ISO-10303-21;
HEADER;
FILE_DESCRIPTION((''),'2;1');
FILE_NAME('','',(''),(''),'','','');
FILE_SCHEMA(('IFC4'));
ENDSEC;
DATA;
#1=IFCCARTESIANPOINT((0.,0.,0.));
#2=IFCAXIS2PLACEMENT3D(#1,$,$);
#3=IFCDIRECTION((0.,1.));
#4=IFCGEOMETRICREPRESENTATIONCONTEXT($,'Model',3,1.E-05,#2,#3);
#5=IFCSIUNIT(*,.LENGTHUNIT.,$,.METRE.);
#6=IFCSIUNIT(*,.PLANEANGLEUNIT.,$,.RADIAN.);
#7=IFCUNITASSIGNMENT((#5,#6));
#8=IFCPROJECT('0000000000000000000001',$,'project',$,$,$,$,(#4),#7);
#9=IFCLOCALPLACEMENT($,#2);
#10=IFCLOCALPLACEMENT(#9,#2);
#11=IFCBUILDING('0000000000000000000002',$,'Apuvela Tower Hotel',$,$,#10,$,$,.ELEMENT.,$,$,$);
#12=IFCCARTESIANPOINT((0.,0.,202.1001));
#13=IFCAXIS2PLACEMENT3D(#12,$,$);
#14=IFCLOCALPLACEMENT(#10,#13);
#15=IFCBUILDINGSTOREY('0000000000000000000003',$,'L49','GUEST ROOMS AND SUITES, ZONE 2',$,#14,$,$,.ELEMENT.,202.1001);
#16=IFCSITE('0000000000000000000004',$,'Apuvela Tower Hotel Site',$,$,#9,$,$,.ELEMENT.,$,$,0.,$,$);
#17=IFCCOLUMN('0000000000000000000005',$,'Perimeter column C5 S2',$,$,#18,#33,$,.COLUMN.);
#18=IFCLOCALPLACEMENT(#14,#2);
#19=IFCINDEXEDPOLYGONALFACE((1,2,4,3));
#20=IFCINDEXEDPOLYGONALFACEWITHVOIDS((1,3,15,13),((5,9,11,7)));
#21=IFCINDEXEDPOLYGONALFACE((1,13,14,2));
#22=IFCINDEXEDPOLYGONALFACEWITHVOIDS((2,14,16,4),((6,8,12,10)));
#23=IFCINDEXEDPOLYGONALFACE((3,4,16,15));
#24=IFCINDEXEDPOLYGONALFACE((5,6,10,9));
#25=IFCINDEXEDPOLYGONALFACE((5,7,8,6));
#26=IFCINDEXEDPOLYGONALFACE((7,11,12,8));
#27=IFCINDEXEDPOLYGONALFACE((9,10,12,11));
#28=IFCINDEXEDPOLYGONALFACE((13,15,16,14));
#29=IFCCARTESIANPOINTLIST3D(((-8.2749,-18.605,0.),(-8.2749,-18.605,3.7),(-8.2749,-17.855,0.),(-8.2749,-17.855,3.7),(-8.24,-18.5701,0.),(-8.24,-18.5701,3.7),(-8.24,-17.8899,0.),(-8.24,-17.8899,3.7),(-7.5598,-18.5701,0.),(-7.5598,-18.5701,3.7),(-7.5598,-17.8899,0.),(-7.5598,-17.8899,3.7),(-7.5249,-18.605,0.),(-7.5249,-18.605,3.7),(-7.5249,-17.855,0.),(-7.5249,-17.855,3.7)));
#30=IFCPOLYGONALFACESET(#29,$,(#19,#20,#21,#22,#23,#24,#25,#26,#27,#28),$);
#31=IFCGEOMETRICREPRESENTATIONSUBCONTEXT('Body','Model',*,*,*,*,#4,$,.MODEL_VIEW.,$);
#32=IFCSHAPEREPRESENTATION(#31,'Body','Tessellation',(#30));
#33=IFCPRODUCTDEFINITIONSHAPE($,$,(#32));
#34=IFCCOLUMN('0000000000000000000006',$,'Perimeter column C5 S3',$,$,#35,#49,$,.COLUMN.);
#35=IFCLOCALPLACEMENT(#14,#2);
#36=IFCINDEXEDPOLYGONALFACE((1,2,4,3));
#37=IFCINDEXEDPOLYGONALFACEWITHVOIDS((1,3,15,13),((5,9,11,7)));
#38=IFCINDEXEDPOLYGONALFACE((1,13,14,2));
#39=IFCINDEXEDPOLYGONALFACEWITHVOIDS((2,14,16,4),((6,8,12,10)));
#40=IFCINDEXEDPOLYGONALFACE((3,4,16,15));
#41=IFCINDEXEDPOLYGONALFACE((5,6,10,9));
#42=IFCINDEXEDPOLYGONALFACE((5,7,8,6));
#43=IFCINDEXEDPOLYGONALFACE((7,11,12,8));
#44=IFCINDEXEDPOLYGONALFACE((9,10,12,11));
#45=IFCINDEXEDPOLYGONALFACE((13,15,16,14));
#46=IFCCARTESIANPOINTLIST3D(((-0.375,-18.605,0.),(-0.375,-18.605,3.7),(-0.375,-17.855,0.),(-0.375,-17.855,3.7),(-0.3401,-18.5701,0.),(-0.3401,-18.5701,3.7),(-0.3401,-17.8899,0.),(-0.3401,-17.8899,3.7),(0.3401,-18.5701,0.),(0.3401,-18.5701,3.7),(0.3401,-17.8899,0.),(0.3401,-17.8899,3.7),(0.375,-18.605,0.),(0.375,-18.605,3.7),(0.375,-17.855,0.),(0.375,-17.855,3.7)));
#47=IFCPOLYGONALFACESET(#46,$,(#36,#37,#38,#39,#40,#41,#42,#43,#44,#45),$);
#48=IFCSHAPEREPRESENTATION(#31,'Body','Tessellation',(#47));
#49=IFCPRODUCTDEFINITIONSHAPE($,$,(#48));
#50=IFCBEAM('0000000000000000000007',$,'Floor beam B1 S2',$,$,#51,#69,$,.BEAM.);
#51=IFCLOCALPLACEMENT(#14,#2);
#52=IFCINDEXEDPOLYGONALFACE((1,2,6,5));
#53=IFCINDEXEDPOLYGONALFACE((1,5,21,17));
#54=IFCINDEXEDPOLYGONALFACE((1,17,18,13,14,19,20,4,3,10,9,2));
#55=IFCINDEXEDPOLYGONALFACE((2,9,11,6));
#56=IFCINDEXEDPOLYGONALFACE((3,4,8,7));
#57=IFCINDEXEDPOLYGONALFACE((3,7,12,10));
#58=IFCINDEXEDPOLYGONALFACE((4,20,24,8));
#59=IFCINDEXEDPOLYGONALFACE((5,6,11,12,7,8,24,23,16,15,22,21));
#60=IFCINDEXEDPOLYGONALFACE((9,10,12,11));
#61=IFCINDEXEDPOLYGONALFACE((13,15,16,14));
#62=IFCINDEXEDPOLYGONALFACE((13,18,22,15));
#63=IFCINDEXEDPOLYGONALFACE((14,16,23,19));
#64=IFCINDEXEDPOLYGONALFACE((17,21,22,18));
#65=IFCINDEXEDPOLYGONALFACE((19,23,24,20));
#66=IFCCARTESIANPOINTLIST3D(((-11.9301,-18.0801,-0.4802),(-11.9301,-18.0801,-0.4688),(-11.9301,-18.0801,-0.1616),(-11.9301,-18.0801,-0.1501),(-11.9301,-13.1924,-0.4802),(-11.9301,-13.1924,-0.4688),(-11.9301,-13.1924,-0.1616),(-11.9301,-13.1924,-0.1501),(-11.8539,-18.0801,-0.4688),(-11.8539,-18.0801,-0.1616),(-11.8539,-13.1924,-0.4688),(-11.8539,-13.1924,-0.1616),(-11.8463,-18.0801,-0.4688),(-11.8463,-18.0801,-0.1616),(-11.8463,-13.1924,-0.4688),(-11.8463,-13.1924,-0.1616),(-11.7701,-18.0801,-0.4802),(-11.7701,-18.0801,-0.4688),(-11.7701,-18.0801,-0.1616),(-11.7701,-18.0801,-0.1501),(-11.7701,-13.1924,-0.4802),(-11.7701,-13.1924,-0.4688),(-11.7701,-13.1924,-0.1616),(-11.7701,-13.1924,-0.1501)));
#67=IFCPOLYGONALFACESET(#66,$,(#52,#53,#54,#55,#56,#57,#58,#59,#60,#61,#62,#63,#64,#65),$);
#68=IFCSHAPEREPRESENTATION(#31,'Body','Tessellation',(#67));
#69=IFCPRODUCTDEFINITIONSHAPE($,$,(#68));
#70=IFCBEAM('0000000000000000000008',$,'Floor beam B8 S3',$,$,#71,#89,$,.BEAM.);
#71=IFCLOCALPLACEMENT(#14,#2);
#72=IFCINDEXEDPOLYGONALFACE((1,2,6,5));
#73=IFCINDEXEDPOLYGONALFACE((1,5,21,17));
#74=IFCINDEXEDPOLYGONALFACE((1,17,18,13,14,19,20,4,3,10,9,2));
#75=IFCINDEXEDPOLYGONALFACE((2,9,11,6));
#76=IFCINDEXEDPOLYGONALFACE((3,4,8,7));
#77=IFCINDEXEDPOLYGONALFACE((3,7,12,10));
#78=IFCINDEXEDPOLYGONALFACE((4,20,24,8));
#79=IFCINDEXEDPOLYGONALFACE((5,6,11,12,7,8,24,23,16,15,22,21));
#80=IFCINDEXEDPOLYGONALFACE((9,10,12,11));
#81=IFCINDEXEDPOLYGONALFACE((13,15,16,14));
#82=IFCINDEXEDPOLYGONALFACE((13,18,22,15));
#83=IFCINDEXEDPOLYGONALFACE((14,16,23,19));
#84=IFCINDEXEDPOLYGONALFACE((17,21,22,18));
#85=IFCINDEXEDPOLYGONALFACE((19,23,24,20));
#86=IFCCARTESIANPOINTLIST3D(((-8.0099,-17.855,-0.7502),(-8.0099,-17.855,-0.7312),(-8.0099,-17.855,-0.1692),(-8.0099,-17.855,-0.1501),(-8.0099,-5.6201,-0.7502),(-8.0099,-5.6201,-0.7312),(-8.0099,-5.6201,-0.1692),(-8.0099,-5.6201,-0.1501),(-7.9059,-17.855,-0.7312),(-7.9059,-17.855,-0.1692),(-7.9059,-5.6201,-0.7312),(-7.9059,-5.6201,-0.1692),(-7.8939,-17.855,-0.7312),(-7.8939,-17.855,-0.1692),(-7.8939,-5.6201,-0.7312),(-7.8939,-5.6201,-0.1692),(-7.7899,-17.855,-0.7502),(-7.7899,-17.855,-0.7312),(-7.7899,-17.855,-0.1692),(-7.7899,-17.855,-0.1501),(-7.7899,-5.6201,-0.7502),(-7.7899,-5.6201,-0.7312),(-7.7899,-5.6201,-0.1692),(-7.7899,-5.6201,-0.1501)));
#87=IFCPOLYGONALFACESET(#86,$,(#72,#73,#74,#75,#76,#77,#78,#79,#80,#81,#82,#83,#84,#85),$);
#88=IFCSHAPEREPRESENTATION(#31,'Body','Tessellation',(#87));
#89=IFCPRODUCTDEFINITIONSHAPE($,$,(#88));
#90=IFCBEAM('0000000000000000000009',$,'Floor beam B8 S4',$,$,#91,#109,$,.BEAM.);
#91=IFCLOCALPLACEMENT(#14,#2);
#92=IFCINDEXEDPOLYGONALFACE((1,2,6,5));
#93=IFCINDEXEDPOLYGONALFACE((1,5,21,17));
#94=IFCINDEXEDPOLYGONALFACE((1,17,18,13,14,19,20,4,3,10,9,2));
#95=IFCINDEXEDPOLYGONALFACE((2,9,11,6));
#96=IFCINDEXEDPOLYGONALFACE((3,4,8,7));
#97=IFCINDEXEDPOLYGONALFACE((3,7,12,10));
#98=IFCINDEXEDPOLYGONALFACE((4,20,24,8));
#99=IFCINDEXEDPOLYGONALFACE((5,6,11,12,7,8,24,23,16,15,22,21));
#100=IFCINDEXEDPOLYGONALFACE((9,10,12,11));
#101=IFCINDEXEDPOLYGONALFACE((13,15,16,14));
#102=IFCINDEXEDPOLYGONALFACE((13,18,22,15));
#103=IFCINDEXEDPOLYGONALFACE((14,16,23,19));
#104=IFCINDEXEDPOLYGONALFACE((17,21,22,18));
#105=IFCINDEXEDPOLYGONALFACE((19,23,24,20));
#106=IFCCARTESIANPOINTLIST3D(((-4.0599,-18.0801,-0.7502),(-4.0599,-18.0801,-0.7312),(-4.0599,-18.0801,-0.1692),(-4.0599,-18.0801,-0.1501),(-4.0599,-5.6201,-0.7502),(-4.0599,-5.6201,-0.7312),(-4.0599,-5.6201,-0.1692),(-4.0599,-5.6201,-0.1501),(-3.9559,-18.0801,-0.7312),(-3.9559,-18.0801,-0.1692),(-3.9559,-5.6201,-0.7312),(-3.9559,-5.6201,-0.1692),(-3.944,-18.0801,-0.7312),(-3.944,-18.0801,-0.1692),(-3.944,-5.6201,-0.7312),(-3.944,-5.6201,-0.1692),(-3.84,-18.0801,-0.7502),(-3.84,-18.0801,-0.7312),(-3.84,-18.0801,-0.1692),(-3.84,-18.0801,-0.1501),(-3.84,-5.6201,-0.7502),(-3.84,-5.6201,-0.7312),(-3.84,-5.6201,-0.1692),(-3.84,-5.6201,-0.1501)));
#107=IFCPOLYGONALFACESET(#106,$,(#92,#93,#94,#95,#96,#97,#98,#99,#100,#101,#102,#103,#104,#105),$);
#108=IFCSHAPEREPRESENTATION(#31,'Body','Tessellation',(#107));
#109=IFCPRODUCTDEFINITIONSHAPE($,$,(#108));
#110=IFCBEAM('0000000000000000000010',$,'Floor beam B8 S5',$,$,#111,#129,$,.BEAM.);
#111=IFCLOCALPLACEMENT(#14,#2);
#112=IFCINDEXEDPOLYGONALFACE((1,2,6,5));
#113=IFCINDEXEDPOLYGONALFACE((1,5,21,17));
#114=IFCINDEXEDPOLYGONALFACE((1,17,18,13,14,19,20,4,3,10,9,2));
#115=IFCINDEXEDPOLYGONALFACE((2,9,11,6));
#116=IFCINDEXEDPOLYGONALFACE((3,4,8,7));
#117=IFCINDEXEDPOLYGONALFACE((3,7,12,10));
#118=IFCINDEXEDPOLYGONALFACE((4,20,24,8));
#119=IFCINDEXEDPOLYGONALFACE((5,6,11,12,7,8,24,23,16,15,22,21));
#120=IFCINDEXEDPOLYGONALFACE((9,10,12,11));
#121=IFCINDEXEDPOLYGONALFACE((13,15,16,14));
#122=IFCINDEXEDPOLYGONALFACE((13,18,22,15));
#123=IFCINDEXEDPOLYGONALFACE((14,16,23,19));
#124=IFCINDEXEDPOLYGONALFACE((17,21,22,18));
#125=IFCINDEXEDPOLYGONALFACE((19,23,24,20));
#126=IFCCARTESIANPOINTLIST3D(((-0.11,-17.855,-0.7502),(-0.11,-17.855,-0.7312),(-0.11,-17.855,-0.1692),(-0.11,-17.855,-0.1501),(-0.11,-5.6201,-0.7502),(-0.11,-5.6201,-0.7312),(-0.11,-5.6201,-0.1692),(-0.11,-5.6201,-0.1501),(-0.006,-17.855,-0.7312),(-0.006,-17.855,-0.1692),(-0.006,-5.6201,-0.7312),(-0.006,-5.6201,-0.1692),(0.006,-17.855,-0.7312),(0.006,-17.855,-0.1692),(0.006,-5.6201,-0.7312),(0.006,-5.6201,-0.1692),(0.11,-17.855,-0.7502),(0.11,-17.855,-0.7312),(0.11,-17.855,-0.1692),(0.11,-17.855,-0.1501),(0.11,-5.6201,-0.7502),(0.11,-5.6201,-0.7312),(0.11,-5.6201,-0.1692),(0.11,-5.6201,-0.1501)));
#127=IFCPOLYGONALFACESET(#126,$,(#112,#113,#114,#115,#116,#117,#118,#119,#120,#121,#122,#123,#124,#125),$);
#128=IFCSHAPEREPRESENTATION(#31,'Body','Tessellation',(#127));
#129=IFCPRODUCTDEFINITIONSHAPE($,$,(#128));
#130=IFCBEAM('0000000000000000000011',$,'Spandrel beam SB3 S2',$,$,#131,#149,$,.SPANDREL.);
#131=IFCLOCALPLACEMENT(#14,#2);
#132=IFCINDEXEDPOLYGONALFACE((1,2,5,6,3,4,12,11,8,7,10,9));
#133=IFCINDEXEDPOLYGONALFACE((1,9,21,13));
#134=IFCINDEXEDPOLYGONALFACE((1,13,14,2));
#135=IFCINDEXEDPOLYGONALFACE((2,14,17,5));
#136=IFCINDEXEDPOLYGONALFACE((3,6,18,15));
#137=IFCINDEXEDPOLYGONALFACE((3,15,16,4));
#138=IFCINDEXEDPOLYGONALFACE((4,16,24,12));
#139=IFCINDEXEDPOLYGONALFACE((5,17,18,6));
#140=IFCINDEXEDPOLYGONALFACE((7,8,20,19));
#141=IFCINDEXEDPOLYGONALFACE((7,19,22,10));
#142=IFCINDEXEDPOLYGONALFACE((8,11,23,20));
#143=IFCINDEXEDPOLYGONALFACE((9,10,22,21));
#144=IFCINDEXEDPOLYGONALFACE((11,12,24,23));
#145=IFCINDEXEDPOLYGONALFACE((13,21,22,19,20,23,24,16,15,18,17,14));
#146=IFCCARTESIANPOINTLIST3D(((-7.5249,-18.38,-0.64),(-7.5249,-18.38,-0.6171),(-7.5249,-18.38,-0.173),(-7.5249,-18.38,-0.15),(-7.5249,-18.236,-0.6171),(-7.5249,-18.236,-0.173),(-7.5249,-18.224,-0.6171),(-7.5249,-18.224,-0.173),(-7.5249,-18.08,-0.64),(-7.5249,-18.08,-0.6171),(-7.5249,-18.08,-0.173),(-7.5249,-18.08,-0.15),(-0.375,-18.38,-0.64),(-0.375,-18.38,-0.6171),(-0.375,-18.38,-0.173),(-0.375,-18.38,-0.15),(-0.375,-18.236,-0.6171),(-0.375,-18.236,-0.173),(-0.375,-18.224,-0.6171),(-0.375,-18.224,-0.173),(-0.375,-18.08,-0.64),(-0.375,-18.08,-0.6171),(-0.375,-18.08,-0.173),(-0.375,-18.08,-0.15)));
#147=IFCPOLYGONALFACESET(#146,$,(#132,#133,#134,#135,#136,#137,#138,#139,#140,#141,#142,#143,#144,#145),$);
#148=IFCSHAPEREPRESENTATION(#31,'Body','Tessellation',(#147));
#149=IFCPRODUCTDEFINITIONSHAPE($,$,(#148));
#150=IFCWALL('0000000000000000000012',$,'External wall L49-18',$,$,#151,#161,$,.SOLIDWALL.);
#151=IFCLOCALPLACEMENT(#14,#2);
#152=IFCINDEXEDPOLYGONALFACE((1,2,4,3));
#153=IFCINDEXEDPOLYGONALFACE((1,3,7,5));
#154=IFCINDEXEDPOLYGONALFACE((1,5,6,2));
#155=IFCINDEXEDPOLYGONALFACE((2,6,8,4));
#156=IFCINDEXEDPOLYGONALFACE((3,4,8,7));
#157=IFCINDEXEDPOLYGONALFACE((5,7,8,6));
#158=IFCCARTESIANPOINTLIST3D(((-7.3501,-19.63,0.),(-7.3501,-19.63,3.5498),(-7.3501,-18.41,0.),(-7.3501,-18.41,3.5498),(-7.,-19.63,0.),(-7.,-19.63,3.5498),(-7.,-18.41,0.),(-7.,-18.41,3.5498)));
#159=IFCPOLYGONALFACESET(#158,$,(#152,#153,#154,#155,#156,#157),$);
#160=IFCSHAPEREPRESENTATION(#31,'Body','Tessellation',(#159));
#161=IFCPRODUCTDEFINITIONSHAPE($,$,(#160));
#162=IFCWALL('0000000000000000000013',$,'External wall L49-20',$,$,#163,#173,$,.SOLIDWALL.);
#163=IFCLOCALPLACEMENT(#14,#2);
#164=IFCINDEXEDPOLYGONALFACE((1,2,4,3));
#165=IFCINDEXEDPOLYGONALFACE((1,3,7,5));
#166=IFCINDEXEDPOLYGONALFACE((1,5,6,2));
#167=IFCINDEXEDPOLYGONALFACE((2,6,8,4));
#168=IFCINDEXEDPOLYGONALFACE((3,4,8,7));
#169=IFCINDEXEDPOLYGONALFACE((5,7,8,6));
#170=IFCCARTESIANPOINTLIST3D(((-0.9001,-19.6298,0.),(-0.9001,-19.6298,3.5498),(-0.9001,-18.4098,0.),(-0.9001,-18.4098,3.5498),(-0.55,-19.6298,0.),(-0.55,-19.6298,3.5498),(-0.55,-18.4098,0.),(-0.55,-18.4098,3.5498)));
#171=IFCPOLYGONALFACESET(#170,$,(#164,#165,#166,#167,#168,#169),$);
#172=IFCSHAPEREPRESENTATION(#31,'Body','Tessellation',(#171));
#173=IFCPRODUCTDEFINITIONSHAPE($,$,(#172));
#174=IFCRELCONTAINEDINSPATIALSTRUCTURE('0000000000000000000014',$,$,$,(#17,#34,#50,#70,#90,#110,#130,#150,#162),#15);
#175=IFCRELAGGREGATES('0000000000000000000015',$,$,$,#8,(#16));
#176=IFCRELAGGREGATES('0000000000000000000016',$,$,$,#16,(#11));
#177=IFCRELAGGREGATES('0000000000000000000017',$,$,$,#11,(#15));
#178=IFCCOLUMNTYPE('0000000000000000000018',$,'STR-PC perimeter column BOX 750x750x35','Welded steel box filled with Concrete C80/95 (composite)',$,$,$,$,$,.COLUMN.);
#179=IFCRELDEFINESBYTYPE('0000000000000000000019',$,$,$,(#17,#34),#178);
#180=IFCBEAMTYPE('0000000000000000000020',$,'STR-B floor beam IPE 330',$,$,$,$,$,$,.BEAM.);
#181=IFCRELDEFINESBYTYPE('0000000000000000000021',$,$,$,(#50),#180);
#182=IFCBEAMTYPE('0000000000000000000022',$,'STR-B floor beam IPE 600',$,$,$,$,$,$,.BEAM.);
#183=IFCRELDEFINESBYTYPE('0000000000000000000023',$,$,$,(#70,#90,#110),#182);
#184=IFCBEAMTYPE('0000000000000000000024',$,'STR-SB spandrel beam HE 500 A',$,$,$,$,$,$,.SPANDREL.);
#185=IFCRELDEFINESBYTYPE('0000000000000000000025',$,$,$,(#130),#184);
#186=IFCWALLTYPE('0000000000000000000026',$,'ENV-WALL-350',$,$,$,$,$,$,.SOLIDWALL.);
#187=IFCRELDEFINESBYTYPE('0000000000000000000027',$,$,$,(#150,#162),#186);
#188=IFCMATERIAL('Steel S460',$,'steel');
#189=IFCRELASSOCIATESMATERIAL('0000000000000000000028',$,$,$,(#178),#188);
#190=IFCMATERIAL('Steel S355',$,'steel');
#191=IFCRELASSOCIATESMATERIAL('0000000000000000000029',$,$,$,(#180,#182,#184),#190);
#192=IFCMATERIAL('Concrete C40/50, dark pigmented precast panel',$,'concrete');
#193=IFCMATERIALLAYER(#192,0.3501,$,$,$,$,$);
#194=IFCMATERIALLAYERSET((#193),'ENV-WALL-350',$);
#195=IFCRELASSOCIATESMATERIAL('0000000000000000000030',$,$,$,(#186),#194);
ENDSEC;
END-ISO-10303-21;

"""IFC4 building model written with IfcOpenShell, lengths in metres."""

from ifc_helpers import new_model, si_unit, direction, frame, frame_2d, origin, origin_2d, place, context, subcontext, project, spatial, rectangle, hollow_rectangle, i_section, extrude, material, layer, layer_set, material_profile, profile_set, type_object, element, save


model = new_model("IFC4")

# Units and contexts
model_context = context("Model", 3, precision=1e-05, world=origin(), true_north=direction((0.0, 1.0)))
body_context = subcontext(model_context, "Body", "Model", "MODEL_VIEW")
ifc_project = project(units=[si_unit("LENGTHUNIT", "METRE"), si_unit("PLANEANGLEUNIT", "RADIAN")], contexts=[model_context])

# Site, building, storey
site_placement = place(None, origin())
site = spatial("IfcSite", under=ifc_project, at=site_placement, Name="Apuvela Tower Hotel Site", CompositionType="ELEMENT", RefElevation=0.0)
building_placement = place(site_placement, origin())
building = spatial("IfcBuilding", under=site, at=building_placement, Name="Apuvela Tower Hotel", CompositionType="ELEMENT")
storey_placement = place(building_placement, frame((0.0, 0.0, 202.1001)))
storey = spatial("IfcBuildingStorey", under=building, at=storey_placement, Name="L49", Description="GUEST ROOMS AND SUITES, ZONE 2", CompositionType="ELEMENT", Elevation=202.1001)

# Columns
ifc_material_1 = material(Name="Steel S460", Category="steel")
ifc_material_profile_1 = material_profile(ifc_material_1, hollow_rectangle(XDim=0.75, YDim=0.75, WallThickness=0.0349, at=origin_2d()), Name="BOX 750x750x35")
ifc_material_2 = material(Name="Concrete C80/95", Category="concrete")
ifc_material_profile_2 = material_profile(ifc_material_2, rectangle(XDim=0.6799, YDim=0.6799, at=origin_2d()), Name="Concrete C80/95 infill")
ifc_profile_set_1 = profile_set([ifc_material_profile_1, ifc_material_profile_2], Name="Steel S460")
column_type = type_object("IfcColumnType", Name="STR-PC perimeter column BOX 750x750x35", Description="Welded steel box filled with Concrete C80/95 (composite)", PredefinedType="COLUMN", material=ifc_profile_set_1)
for number, where, z_axis, x_axis, name in (
    (1, (-7.8999, -18.23, 0.0), (0.0, 0.0, 1.0), (-1.0, 0.0, 0.0), "Perimeter column C5 S2"),
    (2, (0.0, -18.23, 0.0), (0.0, 0.0, 1.0), (-1.0, 0.0, 0.0), "Perimeter column C5 S3"),
):
    element("IfcColumn", number, at=place(storey_placement, frame(where, z_axis=z_axis, x_axis=x_axis)), inside=storey, type_object=column_type, Name=name, PredefinedType="COLUMN", context=body_context, shape_type="SweptSolid", body=[
        extrude(hollow_rectangle(XDim=0.75, YDim=0.75, WallThickness=0.0349, at=origin_2d()), origin(), (0.0, 0.0, 1.0), 3.7),
    ])

# Beams
ifc_material_3 = material(Name="Steel S355", Category="steel")
ifc_material_profile_3 = material_profile(ifc_material_3, i_section(OverallWidth=0.1599, OverallDepth=0.3301, WebThickness=0.0076, FlangeThickness=0.0115, at=origin_2d()), Name="IPE 330")
ifc_profile_set_2 = profile_set([ifc_material_profile_3], Name="Steel S355")
beam_type_1 = type_object("IfcBeamType", Name="STR-B floor beam IPE 330", PredefinedType="BEAM", material=ifc_profile_set_2)
beam_1_placement = place(storey_placement, frame((-11.8501, -18.0801, -0.3152), z_axis=(0.0, 1.0, 0.0), x_axis=(-1.0, 0.0, 0.0)))
element("IfcBeam", 3, at=beam_1_placement, inside=storey, type_object=beam_type_1, Name="Floor beam B1 S2", PredefinedType="BEAM", context=body_context, shape_type="SweptSolid", body=[
    extrude(i_section(OverallWidth=0.1599, OverallDepth=0.3301, WebThickness=0.0076, FlangeThickness=0.0115, at=origin_2d()), origin(), (0.0, 0.0, 1.0), 4.8877),
])
ifc_material_profile_4 = material_profile(ifc_material_3, i_section(OverallWidth=0.22, OverallDepth=0.6001, WebThickness=0.012, FlangeThickness=0.019, at=origin_2d()), Name="IPE 600")
ifc_profile_set_3 = profile_set([ifc_material_profile_4], Name="Steel S355")
beam_type_2 = type_object("IfcBeamType", Name="STR-B floor beam IPE 600", PredefinedType="BEAM", material=ifc_profile_set_3)
beam_2_placement = place(storey_placement, frame((-7.8999, -17.855, -0.4502), z_axis=(0.0, 1.0, 0.0), x_axis=(-1.0, 0.0, 0.0)))
element("IfcBeam", 4, at=beam_2_placement, inside=storey, type_object=beam_type_2, Name="Floor beam B8 S3", PredefinedType="BEAM", context=body_context, shape_type="SweptSolid", body=[
    extrude(i_section(OverallWidth=0.22, OverallDepth=0.6001, WebThickness=0.012, FlangeThickness=0.019, at=origin_2d()), origin(), (0.0, 0.0, 1.0), 12.2349),
])
beam_3_placement = place(storey_placement, frame((-3.95, -18.0801, -0.4502), z_axis=(0.0, 1.0, 0.0), x_axis=(-1.0, 0.0, 0.0)))
element("IfcBeam", 5, at=beam_3_placement, inside=storey, type_object=beam_type_2, Name="Floor beam B8 S4", PredefinedType="BEAM", context=body_context, shape_type="SweptSolid", body=[
    extrude(i_section(OverallWidth=0.22, OverallDepth=0.6001, WebThickness=0.012, FlangeThickness=0.019, at=origin_2d()), origin(), (0.0, 0.0, 1.0), 12.46),
])
beam_4_placement = place(storey_placement, frame((0.0, -17.855, -0.4502), z_axis=(0.0, 1.0, 0.0), x_axis=(-1.0, 0.0, 0.0)))
element("IfcBeam", 6, at=beam_4_placement, inside=storey, type_object=beam_type_2, Name="Floor beam B8 S5", PredefinedType="BEAM", context=body_context, shape_type="SweptSolid", body=[
    extrude(i_section(OverallWidth=0.22, OverallDepth=0.6001, WebThickness=0.012, FlangeThickness=0.019, at=origin_2d()), origin(), (0.0, 0.0, 1.0), 12.2349),
])
ifc_material_profile_5 = material_profile(ifc_material_3, i_section(OverallWidth=0.3, OverallDepth=0.49, WebThickness=0.012, FlangeThickness=0.0229, at=origin_2d()), Name="HE 500 A")
ifc_profile_set_4 = profile_set([ifc_material_profile_5], Name="Steel S355")
beam_type_3 = type_object("IfcBeamType", Name="STR-SB spandrel beam HE 500 A", PredefinedType="SPANDREL", material=ifc_profile_set_4)
beam_5_placement = place(storey_placement, frame((-7.5249, -18.23, -0.395), z_axis=(1.0, 0.0, 0.0), x_axis=(0.0, 1.0, 0.0)))
element("IfcBeam", 7, at=beam_5_placement, inside=storey, type_object=beam_type_3, Name="Spandrel beam SB3 S2", PredefinedType="SPANDREL", context=body_context, shape_type="SweptSolid", body=[
    extrude(i_section(OverallWidth=0.3, OverallDepth=0.49, WebThickness=0.012, FlangeThickness=0.0229, at=origin_2d()), origin(), (0.0, 0.0, 1.0), 7.1499),
])

# Wall
ifc_material_4 = material(Name="Concrete C40/50, dark pigmented precast panel", Category="concrete")
ifc_layer_1 = layer(ifc_material_4, 0.3501)
ifc_layer_set_1 = layer_set([ifc_layer_1], Name="ENV-WALL-350")
wall_type_1 = type_object("IfcWallType", Name="ENV-WALL-350", PredefinedType="SOLIDWALL", material=ifc_layer_set_1)
wall_1_placement = place(storey_placement, frame((-7.175, -19.6299, 0.0), z_axis=(0.0, 0.0, 1.0), x_axis=(0.0, 1.0, 0.0)))
element("IfcWall", 8, at=wall_1_placement, inside=storey, type_object=wall_type_1, Name="External wall L49-18", PredefinedType="SOLIDWALL", context=body_context, shape_type="SweptSolid", body=[
    extrude(rectangle(XDim=1.22, YDim=0.3501, at=frame_2d((0.6099, 0.0))), origin(), (0.0, 0.0, 1.0), 3.5498),
])

# Wall
wall_2_placement = place(storey_placement, frame((-0.7251, -18.4099, 0.0), z_axis=(0.0, 0.0, 1.0), x_axis=(0.0, -1.0, 0.0)))
element("IfcWall", 9, at=wall_2_placement, inside=storey, type_object=wall_type_1, Name="External wall L49-20", PredefinedType="SOLIDWALL", context=body_context, shape_type="SweptSolid", body=[
    extrude(rectangle(XDim=1.22, YDim=0.3501, at=frame_2d((0.6099, 0.0))), origin(), (0.0, 0.0, 1.0), 3.5498),
])

save(model, "model.ifc")
